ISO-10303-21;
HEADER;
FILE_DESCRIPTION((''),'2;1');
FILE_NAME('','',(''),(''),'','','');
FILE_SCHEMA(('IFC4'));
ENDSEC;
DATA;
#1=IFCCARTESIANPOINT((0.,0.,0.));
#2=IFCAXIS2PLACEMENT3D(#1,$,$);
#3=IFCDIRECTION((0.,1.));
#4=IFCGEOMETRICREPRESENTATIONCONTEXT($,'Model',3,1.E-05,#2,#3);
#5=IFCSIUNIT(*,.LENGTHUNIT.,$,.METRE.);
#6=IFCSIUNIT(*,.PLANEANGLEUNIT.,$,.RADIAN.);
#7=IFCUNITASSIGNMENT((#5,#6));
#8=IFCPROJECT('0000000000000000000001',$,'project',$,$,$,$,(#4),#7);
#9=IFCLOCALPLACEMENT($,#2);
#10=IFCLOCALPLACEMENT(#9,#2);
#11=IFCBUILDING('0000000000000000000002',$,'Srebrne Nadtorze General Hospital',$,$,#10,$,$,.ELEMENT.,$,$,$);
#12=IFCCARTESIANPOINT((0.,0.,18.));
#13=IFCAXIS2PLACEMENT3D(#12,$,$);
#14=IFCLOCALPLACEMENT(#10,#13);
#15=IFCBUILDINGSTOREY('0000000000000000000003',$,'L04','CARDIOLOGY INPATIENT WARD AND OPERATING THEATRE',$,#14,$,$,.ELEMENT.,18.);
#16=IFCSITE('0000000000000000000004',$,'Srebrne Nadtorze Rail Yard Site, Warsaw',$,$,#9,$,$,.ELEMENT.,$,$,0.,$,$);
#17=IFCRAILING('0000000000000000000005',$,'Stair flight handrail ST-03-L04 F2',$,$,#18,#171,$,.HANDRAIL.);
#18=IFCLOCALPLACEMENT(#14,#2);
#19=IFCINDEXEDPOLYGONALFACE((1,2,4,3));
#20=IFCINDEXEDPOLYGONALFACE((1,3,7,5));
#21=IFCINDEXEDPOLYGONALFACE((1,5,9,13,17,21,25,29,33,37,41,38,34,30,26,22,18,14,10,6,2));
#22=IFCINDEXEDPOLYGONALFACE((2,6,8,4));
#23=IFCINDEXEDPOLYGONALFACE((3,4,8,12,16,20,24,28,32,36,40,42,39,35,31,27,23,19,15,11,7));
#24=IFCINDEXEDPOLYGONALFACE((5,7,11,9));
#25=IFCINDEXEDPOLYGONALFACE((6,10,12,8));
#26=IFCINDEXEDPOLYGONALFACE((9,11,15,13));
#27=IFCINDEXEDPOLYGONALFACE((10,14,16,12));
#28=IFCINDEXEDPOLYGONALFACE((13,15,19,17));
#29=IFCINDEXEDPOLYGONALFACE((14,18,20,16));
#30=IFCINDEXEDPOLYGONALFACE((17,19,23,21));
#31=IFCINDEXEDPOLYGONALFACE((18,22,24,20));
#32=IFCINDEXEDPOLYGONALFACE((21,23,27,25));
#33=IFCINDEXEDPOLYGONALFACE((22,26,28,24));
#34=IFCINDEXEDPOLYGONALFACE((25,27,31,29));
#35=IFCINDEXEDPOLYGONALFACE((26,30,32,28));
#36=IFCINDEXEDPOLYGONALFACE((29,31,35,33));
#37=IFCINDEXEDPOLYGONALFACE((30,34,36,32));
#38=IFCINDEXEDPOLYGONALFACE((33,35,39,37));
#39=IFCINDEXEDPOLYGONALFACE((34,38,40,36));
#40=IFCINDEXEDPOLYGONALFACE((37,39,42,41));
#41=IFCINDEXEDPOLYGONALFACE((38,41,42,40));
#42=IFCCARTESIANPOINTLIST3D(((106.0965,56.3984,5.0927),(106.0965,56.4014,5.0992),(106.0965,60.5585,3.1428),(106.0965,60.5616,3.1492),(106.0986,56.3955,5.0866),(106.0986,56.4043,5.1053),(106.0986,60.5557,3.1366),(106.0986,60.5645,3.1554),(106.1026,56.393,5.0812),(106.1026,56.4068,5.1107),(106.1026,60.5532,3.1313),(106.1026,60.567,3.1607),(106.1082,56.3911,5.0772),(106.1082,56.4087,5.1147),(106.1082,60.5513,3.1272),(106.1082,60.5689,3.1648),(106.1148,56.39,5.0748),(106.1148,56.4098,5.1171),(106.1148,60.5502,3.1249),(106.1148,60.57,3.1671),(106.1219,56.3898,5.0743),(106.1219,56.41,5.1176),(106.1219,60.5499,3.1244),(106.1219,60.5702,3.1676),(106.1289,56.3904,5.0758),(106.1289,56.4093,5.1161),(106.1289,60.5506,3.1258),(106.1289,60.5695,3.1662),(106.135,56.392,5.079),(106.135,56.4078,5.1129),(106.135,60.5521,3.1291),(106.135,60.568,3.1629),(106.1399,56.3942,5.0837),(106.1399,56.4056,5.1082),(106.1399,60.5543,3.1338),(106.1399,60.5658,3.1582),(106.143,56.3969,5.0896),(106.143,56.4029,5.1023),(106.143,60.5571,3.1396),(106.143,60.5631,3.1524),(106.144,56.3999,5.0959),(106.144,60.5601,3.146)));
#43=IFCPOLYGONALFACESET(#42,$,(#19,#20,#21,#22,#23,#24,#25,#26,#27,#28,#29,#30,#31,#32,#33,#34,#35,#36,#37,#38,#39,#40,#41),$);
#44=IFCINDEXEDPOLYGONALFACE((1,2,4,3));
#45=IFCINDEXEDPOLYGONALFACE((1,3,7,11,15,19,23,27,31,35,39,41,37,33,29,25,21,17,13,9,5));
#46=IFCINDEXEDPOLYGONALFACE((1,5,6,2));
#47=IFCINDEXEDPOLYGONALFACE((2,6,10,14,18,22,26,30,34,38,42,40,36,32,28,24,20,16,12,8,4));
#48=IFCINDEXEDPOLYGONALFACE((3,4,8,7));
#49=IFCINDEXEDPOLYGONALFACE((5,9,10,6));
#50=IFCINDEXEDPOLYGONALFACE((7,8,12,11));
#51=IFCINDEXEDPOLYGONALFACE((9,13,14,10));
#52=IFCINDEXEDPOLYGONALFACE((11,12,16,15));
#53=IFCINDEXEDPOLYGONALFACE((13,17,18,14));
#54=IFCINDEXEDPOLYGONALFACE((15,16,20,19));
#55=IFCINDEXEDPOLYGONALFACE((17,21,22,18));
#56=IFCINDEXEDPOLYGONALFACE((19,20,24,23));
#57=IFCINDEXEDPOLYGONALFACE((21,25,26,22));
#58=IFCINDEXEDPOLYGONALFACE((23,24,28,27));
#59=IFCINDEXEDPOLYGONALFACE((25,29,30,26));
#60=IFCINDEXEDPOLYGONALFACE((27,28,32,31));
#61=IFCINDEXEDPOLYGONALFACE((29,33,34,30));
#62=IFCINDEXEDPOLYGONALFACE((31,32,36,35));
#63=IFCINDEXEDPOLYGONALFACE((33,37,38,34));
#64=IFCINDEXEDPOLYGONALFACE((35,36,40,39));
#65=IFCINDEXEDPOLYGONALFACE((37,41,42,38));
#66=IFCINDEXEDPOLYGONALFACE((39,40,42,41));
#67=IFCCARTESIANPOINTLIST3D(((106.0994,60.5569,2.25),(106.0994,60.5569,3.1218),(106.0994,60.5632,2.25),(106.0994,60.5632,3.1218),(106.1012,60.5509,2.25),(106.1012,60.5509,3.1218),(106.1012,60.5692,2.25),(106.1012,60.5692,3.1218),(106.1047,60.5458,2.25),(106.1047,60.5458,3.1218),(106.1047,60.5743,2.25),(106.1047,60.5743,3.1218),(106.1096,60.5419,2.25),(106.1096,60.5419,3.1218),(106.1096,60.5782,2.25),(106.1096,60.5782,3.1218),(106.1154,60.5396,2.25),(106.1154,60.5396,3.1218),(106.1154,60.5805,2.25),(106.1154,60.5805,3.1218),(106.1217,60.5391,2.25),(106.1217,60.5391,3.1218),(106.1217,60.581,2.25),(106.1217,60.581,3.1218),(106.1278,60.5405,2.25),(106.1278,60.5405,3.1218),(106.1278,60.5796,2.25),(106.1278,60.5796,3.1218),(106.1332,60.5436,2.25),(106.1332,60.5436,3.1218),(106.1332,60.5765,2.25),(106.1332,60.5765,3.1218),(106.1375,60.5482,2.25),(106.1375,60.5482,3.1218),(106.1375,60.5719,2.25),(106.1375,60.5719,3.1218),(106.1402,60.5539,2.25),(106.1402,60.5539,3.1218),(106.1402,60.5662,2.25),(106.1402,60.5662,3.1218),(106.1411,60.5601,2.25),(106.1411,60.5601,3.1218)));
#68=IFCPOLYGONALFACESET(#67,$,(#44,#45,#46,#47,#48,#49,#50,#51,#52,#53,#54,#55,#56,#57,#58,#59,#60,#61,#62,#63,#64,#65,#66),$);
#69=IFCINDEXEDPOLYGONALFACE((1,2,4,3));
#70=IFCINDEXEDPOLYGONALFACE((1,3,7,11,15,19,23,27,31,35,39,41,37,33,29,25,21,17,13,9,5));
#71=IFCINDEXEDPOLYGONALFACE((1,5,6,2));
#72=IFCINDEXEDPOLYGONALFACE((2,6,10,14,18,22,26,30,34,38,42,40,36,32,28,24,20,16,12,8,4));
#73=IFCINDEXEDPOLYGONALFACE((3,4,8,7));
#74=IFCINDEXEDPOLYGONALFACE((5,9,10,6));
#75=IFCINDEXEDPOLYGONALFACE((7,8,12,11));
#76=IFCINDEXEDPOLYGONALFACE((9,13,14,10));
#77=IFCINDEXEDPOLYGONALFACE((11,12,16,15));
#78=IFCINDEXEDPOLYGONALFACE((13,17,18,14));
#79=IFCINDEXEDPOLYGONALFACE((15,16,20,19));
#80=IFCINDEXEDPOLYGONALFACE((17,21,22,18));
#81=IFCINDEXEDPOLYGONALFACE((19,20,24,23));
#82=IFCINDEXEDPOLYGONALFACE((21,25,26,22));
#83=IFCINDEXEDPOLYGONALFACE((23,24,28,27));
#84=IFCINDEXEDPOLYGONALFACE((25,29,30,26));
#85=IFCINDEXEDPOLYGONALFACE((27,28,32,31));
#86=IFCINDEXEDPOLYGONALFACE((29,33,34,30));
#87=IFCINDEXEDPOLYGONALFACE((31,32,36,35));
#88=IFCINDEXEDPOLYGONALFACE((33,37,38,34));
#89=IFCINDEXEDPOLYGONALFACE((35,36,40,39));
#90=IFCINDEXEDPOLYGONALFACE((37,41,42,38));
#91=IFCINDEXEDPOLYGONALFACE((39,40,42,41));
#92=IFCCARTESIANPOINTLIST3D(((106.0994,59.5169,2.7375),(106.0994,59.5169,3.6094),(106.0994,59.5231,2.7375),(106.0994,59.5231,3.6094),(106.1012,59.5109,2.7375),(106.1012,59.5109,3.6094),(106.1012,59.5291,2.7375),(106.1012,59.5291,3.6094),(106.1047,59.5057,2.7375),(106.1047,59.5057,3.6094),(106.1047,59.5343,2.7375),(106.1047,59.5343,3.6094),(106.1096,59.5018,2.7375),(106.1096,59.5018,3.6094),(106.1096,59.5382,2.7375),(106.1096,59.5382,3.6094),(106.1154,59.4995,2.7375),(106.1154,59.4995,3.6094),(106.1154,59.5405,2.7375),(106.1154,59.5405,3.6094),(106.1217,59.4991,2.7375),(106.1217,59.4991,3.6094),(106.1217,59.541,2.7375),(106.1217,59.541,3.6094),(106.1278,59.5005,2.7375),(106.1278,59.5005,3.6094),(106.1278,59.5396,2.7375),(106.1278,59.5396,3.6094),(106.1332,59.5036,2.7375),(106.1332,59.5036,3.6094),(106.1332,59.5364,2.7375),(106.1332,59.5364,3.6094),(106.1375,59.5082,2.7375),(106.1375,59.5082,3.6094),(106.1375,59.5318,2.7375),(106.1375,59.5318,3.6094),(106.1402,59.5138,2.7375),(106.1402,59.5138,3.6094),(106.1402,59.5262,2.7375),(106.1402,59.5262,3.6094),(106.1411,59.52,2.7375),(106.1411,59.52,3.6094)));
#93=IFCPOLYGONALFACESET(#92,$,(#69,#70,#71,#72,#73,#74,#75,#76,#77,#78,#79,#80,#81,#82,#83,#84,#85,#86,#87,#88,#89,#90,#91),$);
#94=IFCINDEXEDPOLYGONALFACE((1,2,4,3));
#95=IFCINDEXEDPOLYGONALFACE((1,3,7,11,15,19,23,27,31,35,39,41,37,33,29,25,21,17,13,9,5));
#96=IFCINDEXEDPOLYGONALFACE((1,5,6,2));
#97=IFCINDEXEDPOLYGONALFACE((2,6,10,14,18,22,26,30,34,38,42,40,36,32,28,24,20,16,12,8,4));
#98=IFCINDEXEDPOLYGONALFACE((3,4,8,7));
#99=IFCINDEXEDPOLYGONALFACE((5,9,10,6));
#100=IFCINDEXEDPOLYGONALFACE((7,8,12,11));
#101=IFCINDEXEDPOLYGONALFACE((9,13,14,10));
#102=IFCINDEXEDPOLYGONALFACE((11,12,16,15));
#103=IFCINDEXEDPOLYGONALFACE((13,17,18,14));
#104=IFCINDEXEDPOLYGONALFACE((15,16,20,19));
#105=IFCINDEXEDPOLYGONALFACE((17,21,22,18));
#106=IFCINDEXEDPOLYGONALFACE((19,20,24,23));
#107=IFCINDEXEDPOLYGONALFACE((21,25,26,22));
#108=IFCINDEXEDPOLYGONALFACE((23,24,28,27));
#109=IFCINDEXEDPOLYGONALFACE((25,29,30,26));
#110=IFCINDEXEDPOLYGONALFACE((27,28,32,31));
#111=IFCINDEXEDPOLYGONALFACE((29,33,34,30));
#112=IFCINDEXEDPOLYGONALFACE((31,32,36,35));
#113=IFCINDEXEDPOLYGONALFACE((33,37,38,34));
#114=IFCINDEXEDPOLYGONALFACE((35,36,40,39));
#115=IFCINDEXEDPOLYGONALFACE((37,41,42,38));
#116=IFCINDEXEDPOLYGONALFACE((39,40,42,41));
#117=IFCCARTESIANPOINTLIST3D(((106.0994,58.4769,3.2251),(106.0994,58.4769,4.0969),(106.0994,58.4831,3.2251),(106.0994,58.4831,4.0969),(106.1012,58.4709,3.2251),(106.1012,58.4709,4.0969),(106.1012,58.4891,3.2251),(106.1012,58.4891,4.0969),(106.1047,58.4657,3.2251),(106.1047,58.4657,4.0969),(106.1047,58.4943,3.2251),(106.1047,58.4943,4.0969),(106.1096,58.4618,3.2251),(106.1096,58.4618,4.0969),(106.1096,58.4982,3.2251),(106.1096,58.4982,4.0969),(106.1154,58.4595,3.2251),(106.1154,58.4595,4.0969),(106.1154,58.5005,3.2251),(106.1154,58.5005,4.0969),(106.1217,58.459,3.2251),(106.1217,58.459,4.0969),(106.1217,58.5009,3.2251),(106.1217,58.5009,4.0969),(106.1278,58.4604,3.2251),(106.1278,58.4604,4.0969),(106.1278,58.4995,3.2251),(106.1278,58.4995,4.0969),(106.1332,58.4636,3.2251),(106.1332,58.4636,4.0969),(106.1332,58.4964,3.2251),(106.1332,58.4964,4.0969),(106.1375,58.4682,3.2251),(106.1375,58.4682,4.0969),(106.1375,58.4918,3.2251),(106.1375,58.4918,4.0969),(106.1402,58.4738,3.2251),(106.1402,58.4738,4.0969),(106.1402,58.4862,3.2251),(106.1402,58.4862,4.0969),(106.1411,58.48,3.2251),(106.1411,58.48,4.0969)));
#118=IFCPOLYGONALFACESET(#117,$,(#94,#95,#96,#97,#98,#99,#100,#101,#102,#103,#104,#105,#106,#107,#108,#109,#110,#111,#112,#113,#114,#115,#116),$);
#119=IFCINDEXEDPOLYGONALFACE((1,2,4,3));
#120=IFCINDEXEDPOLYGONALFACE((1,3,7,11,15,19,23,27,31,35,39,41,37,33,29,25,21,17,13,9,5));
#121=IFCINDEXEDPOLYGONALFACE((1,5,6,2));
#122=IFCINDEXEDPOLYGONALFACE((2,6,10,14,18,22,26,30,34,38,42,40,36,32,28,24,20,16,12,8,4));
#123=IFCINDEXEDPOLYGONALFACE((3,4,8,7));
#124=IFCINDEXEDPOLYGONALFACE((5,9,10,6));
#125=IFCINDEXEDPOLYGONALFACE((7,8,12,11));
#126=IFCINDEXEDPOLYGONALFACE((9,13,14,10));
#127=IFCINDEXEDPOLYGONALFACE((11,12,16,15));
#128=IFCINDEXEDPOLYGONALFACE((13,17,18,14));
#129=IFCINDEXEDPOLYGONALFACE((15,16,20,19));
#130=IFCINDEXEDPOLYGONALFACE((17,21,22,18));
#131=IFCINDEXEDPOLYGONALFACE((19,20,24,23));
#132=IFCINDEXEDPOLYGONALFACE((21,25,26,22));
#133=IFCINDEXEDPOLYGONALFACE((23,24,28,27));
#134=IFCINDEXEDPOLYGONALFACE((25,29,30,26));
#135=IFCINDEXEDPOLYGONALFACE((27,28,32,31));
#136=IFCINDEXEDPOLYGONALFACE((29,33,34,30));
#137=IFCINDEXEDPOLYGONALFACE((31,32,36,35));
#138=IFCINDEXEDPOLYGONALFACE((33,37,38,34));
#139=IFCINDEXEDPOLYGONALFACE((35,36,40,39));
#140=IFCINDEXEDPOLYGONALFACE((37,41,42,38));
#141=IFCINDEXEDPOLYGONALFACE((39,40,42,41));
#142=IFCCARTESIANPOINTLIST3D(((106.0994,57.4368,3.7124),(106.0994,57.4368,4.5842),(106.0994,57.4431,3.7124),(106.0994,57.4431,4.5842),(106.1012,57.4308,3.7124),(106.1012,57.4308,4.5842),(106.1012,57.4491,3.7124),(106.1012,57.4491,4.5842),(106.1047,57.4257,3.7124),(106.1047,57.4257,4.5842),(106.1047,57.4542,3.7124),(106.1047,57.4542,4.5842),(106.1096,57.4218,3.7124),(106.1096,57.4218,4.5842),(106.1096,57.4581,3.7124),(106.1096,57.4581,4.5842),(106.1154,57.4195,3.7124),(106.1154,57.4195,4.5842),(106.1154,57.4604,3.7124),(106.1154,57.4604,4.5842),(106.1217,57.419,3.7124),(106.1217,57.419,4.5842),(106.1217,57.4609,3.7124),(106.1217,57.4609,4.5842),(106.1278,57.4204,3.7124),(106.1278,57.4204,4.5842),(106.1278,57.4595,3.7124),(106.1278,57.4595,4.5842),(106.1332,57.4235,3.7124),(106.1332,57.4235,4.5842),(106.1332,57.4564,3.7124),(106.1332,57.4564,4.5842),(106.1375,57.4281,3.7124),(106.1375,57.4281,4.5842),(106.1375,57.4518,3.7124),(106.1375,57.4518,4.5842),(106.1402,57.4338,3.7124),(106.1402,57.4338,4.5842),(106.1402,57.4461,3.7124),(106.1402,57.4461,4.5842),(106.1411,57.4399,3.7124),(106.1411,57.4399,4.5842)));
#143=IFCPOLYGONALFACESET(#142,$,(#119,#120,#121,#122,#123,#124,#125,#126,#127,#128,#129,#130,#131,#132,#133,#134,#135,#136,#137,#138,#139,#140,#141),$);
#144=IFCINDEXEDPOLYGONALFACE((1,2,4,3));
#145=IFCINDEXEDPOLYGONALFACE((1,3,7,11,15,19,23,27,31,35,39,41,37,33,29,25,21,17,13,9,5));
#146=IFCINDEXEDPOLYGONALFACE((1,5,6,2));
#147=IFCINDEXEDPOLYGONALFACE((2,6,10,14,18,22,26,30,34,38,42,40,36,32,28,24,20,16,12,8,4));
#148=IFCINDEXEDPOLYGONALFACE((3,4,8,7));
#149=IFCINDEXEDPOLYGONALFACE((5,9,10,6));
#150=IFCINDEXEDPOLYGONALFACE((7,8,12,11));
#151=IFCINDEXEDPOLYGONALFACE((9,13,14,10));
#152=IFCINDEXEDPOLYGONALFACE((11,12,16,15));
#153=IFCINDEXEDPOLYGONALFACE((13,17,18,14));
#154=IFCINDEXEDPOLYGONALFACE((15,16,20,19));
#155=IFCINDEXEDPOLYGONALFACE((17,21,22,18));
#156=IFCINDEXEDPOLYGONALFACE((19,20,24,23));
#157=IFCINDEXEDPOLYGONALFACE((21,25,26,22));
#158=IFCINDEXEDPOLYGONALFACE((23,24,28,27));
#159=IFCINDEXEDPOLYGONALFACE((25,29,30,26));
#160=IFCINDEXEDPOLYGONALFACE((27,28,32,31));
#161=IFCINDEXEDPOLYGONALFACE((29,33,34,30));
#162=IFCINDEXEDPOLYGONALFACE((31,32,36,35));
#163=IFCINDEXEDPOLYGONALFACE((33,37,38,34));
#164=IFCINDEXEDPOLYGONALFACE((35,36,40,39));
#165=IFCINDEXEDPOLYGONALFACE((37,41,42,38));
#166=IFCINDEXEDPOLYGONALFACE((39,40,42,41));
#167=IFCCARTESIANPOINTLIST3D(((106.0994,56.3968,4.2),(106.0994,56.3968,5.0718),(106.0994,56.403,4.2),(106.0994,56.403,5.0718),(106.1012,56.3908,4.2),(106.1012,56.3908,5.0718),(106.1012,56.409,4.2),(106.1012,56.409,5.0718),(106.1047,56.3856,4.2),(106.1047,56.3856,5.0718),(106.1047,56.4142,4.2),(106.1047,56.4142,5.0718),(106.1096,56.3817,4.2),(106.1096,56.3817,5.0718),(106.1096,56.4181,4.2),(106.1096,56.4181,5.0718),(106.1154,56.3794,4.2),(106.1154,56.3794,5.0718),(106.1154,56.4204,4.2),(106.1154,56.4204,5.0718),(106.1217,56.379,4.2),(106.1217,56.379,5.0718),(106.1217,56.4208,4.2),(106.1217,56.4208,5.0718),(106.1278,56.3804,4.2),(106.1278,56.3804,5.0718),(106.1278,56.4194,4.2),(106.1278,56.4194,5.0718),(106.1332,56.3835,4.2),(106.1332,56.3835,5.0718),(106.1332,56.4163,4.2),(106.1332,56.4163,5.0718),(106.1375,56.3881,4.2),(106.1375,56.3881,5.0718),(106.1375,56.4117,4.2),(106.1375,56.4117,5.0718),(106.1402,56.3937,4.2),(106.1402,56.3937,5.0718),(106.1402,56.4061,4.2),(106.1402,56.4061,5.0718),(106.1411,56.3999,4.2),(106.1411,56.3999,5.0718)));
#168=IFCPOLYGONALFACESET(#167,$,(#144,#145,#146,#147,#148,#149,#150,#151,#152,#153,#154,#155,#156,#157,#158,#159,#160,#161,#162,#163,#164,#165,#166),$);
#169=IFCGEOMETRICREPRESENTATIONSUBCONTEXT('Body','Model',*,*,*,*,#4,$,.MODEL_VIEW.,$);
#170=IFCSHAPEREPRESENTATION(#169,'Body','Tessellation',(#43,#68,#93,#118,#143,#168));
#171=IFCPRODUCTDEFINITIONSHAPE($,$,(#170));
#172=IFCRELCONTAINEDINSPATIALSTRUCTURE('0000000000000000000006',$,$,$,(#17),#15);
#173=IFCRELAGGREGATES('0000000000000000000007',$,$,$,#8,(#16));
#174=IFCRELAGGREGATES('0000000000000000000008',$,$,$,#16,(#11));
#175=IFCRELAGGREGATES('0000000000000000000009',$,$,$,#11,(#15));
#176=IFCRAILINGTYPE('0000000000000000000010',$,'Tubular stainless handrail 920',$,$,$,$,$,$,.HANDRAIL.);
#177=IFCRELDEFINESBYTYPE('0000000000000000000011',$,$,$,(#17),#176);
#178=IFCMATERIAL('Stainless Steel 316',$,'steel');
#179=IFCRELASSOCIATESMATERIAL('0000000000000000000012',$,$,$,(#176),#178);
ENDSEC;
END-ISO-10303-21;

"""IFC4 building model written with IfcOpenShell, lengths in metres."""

from ifc_helpers import new_model, si_unit, direction, frame, origin, origin_2d, place, context, subcontext, project, spatial, circle, extrude, material, type_object, element, save


model = new_model("IFC4")

# Units and contexts
model_context = context("Model", 3, precision=1e-05, world=origin(), true_north=direction((0.0, 1.0)))
body_context = subcontext(model_context, "Body", "Model", "MODEL_VIEW")
ifc_project = project(units=[si_unit("LENGTHUNIT", "METRE"), si_unit("PLANEANGLEUNIT", "RADIAN")], contexts=[model_context])

# Site, building, storey
site_placement = place(None, origin())
site = spatial("IfcSite", under=ifc_project, at=site_placement, Name="Srebrne Nadtorze Rail Yard Site, Warsaw", CompositionType="ELEMENT", RefElevation=0.0)
building_placement = place(site_placement, origin())
building = spatial("IfcBuilding", under=site, at=building_placement, Name="Srebrne Nadtorze General Hospital", CompositionType="ELEMENT")
storey_placement = place(building_placement, frame((0.0, 0.0, 18.0)))
storey = spatial("IfcBuildingStorey", under=building, at=storey_placement, Name="L04", Description="CARDIOLOGY INPATIENT WARD AND OPERATING THEATRE", CompositionType="ELEMENT", Elevation=18.0)

# Railing
ifc_material_1 = material(Name="Stainless Steel 316", Category="steel")
railing_type_1 = type_object("IfcRailingType", Name="Tubular stainless handrail 920", PredefinedType="HANDRAIL", material=ifc_material_1)
railing_1_placement = place(storey_placement, frame((106.1201, 60.5601, 2.25)))
element("IfcRailing", 1, at=railing_1_placement, inside=storey, type_object=railing_type_1, Name="Stair flight handrail ST-03-L04 F2", PredefinedType="HANDRAIL", context=body_context, shape_type="SweptSolid", body=[
    extrude(circle(Radius=0.0239, at=origin_2d()), frame((0.0, 0.0, 0.896), z_axis=(0.0, -0.905469, 0.424412), x_axis=(1.0, 0.0, 0.0)), (0.0, 0.0, 1.0), 4.5945),
    extrude(circle(Radius=0.021, at=origin_2d()), origin(), (0.0, 0.0, 1.0), 0.8718),
    extrude(circle(Radius=0.021, at=origin_2d()), frame((0.0, -1.04, 0.4875)), (0.0, 0.0, 1.0), 0.8718),
    extrude(circle(Radius=0.021, at=origin_2d()), frame((0.0, -2.0801, 0.9751)), (0.0, 0.0, 1.0), 0.8718),
    extrude(circle(Radius=0.021, at=origin_2d()), frame((0.0, -3.1201, 1.4624)), (0.0, 0.0, 1.0), 0.8718),
    extrude(circle(Radius=0.021, at=origin_2d()), frame((0.0, -4.1602, 1.95)), (0.0, 0.0, 1.0), 0.8718),
])

save(model, "model.ifc")
